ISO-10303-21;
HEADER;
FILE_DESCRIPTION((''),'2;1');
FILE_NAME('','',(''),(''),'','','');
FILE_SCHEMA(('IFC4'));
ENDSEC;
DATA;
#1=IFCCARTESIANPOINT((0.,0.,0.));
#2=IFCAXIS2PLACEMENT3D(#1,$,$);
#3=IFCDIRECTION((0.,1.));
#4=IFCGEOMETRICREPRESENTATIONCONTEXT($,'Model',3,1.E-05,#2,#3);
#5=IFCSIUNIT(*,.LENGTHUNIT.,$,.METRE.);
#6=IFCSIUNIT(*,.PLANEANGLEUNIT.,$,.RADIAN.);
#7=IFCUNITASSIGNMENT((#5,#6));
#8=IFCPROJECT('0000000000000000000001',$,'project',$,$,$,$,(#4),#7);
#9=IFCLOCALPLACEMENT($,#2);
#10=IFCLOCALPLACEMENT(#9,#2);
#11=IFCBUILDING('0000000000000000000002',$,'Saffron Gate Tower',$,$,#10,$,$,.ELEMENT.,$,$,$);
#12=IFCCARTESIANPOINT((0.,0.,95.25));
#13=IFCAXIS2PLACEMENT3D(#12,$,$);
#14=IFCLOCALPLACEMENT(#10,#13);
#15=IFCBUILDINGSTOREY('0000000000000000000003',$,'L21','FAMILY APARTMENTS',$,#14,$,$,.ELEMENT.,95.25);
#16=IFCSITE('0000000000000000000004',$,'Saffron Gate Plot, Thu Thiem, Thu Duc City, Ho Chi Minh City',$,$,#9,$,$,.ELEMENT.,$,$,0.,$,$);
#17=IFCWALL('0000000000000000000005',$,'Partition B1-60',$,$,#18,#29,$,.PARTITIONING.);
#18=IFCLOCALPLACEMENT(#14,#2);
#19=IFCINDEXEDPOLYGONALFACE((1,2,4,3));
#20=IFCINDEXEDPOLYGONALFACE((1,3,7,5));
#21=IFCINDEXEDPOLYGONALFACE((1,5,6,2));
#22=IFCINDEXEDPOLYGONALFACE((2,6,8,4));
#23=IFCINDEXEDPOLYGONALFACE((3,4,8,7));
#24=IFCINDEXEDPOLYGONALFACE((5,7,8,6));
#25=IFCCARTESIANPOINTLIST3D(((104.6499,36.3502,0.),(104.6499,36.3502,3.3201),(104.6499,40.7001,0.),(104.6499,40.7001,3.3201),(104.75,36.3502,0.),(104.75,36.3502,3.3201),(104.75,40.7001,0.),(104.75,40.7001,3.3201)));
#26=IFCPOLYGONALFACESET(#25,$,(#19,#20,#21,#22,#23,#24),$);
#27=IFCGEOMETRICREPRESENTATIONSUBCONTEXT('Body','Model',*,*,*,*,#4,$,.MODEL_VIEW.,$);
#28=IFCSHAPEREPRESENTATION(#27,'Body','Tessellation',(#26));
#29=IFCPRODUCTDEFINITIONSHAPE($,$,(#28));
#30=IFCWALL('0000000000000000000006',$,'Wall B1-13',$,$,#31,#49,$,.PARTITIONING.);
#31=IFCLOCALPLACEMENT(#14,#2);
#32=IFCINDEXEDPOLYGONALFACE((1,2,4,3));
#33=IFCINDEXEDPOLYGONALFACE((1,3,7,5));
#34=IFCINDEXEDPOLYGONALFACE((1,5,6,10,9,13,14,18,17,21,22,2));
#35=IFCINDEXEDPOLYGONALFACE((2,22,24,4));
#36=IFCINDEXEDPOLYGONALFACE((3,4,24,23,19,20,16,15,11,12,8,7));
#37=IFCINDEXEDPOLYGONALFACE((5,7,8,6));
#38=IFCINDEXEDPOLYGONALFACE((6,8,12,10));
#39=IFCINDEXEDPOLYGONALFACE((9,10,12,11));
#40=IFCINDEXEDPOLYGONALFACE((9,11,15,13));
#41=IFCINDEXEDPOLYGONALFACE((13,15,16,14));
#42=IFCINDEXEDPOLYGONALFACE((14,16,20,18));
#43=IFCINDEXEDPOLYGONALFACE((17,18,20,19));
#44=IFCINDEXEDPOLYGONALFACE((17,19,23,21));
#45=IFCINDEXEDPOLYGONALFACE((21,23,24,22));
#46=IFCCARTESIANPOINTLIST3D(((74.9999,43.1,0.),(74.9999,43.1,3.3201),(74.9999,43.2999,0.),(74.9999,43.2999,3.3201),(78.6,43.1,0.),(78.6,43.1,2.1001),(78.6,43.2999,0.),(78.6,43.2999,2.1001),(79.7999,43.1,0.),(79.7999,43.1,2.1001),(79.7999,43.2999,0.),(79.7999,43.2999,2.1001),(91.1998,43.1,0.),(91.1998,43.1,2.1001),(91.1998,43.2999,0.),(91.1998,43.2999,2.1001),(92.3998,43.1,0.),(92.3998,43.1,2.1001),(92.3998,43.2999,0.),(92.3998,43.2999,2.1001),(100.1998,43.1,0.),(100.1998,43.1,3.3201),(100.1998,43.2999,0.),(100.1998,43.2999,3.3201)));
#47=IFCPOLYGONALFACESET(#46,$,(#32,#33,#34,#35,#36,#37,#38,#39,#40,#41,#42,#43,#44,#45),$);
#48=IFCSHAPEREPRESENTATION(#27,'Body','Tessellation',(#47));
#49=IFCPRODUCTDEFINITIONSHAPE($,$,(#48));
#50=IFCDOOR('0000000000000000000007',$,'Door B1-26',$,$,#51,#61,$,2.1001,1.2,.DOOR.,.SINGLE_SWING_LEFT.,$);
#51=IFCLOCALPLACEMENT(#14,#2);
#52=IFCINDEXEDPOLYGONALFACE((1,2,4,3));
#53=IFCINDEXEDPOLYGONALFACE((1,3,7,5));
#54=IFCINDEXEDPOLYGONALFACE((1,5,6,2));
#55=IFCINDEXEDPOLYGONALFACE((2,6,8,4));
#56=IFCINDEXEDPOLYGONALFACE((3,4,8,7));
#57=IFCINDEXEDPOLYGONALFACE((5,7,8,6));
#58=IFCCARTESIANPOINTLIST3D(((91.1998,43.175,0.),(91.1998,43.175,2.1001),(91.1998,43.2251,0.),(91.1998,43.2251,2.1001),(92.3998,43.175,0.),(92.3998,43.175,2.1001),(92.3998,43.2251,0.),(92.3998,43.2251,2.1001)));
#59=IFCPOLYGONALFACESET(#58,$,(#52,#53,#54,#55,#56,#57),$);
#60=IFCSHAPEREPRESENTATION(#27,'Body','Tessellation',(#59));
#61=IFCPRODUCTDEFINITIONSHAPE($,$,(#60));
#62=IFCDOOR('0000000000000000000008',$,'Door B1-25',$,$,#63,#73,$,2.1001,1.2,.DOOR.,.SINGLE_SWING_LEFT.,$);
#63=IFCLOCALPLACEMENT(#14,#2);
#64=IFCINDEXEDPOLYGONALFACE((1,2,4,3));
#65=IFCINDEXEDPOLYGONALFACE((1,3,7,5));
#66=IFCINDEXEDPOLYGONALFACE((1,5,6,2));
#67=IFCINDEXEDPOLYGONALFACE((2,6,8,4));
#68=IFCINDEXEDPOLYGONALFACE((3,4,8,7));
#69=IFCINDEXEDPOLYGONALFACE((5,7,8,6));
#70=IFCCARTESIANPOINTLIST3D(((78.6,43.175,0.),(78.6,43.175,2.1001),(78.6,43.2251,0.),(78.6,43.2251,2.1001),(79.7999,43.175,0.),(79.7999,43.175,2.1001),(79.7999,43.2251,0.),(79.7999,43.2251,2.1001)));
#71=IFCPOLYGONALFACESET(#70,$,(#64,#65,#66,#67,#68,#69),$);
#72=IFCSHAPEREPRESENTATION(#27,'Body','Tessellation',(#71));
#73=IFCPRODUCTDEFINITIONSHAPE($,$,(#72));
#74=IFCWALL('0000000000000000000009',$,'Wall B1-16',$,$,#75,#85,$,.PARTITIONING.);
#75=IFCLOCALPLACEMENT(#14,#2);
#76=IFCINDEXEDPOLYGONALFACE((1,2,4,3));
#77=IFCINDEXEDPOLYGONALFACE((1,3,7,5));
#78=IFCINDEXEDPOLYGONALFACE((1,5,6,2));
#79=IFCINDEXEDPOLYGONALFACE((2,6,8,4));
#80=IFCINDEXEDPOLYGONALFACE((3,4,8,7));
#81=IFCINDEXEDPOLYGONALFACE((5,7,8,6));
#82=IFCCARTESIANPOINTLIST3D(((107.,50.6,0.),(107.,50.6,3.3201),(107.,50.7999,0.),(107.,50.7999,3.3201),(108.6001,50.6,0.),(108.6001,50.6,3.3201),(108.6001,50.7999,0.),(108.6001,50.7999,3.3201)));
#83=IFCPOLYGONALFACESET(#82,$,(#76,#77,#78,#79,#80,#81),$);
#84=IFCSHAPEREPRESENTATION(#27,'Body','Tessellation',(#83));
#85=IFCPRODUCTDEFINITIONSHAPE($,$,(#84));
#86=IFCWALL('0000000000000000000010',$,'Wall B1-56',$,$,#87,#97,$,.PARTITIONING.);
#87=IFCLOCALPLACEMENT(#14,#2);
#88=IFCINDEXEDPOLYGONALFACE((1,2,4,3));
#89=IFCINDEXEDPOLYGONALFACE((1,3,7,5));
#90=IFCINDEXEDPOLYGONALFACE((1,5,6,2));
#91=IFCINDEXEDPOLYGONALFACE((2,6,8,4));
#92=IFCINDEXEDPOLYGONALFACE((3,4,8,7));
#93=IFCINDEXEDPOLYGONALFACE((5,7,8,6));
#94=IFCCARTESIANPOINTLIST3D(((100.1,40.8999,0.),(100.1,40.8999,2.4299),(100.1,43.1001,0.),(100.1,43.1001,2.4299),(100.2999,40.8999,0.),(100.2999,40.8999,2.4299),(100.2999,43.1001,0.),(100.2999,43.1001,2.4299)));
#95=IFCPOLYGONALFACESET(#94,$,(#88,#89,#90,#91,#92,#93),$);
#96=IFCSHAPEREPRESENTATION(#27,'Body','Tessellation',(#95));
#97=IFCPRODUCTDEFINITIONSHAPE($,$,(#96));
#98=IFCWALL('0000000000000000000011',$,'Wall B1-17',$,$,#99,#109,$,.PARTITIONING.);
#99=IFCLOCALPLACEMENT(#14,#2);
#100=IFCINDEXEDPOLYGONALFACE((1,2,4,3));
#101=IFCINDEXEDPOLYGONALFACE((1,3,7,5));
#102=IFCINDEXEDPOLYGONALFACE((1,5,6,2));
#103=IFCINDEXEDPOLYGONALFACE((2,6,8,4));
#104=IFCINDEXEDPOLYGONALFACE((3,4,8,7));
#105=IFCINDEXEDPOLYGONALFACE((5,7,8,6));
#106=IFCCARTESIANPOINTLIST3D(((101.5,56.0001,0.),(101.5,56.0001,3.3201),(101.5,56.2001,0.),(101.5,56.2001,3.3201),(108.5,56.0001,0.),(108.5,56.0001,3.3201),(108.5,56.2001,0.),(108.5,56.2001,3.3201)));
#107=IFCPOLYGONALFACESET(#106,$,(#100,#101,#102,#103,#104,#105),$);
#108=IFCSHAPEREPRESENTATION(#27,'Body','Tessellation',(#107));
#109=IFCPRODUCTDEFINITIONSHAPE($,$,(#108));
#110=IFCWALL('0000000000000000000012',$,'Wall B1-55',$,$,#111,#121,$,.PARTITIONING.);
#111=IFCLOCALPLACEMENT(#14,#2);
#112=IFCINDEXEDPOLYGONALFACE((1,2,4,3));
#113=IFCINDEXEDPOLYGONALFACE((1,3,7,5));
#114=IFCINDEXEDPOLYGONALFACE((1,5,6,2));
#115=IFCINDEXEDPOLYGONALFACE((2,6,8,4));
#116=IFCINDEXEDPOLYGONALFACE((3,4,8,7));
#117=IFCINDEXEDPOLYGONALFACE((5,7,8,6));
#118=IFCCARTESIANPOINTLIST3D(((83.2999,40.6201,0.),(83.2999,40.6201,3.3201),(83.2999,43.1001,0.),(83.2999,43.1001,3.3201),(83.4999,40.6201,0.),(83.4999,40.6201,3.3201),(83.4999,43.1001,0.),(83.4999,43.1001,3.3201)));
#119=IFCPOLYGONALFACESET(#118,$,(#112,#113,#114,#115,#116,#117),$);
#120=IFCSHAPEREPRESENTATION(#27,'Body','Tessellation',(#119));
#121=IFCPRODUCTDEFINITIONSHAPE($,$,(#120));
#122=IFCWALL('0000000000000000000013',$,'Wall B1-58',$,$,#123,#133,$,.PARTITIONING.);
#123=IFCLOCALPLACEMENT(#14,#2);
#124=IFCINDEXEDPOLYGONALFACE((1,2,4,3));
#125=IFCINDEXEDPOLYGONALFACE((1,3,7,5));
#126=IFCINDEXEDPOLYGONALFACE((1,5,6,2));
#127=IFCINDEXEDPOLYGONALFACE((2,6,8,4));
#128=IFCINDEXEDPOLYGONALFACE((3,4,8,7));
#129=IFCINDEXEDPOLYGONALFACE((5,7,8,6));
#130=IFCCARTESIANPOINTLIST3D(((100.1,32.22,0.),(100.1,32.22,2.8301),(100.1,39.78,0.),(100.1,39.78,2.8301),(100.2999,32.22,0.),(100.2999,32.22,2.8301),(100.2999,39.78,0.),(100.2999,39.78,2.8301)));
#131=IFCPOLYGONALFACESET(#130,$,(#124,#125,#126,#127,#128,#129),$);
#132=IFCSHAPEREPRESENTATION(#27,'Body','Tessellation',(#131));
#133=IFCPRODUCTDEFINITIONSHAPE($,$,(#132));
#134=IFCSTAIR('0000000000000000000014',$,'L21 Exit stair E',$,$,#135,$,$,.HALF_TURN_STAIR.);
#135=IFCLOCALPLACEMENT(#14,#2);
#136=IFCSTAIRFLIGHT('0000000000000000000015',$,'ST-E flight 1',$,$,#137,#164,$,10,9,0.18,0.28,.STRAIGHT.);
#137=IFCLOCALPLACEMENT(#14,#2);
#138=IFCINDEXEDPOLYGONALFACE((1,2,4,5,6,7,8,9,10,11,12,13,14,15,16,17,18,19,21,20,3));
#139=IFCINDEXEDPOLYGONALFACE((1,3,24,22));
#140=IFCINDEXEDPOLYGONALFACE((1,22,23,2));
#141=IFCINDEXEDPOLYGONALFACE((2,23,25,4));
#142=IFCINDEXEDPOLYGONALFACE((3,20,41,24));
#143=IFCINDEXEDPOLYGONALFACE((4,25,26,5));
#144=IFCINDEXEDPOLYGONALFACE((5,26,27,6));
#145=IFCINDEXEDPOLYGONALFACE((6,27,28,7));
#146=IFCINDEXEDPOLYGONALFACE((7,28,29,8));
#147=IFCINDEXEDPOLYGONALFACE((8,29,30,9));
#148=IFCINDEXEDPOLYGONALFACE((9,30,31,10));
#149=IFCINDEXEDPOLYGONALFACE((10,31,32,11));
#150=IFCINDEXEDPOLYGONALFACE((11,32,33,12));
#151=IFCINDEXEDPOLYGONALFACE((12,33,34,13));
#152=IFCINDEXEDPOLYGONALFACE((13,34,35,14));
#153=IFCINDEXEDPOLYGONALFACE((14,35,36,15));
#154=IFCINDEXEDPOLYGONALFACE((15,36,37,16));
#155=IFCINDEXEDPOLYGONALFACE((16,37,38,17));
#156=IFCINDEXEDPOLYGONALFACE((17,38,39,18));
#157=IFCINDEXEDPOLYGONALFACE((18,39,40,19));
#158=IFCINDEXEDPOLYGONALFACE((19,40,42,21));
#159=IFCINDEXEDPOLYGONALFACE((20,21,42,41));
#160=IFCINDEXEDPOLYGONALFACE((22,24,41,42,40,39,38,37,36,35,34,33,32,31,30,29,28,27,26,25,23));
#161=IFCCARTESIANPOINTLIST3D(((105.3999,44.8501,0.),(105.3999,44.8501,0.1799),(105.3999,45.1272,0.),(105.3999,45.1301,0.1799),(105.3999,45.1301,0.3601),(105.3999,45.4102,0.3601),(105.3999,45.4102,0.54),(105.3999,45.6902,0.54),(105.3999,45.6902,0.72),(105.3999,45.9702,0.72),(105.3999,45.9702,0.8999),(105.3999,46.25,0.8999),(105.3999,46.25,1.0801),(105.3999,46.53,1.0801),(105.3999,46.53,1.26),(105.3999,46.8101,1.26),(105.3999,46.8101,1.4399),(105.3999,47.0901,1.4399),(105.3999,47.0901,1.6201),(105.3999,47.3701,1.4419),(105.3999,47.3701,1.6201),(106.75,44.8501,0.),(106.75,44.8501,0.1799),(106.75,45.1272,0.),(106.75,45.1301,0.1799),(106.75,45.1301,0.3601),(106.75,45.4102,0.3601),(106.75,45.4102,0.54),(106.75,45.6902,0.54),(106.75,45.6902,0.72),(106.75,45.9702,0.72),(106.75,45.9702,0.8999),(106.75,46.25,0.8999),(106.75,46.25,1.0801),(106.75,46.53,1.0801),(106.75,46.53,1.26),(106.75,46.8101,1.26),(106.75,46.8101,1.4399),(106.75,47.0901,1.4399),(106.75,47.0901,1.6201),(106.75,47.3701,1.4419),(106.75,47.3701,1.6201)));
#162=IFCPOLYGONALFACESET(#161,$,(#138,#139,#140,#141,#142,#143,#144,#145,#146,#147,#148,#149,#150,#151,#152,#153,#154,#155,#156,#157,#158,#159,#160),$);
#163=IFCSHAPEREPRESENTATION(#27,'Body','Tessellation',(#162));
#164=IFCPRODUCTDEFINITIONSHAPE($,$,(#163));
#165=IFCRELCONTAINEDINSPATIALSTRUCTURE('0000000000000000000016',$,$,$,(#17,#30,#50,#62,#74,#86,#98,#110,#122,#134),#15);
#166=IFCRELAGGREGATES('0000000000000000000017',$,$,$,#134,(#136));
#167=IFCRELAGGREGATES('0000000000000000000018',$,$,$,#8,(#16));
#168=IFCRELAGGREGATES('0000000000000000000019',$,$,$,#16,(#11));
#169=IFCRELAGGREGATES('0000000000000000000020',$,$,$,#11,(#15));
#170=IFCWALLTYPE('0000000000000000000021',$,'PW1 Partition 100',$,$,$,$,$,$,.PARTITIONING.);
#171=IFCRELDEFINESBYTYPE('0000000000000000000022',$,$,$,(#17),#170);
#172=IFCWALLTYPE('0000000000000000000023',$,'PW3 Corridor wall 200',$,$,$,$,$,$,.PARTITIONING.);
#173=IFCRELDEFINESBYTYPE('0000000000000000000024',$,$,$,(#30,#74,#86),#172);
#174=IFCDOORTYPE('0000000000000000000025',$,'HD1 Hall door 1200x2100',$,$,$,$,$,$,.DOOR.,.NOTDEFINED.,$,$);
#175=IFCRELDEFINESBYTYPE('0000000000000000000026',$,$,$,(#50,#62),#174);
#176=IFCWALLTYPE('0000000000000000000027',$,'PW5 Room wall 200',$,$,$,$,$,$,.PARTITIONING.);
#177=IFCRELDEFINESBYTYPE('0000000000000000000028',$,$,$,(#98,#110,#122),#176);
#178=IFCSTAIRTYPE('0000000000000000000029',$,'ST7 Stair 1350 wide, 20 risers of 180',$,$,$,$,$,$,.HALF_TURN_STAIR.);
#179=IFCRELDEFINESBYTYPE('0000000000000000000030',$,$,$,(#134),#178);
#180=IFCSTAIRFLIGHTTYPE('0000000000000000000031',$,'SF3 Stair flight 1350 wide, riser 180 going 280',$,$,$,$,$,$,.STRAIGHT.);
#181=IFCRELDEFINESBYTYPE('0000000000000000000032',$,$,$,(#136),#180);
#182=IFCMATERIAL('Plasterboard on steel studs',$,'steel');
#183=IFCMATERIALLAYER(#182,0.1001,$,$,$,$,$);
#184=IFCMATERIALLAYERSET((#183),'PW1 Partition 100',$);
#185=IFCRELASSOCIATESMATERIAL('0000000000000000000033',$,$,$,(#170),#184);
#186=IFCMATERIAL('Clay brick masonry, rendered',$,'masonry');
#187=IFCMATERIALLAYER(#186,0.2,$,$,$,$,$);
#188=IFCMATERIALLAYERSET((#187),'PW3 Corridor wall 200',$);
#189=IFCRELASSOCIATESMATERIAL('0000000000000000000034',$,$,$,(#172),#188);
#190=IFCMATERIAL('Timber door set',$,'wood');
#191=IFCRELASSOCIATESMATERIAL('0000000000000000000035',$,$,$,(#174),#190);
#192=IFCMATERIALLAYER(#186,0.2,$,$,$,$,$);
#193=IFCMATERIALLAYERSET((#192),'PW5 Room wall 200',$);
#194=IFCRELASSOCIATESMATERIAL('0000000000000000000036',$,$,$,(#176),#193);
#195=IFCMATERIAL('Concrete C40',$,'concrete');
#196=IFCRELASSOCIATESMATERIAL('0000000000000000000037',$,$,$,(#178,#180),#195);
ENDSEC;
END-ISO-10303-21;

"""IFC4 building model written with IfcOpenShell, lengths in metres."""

from ifc_helpers import new_model, si_unit, direction, frame, frame_2d, origin, place, context, subcontext, project, spatial, polyline, rectangle, outline, extrude, material, layer, layer_set, type_object, element, fill, aggregate, save


model = new_model("IFC4")

# Units and contexts
model_context = context("Model", 3, precision=1e-05, world=origin(), true_north=direction((0.0, 1.0)))
body_context = subcontext(model_context, "Body", "Model", "MODEL_VIEW")
ifc_project = project(units=[si_unit("LENGTHUNIT", "METRE"), si_unit("PLANEANGLEUNIT", "RADIAN")], contexts=[model_context])

# Site, building, storey
site_placement = place(None, origin())
site = spatial("IfcSite", under=ifc_project, at=site_placement, Name="Saffron Gate Plot, Thu Thiem, Thu Duc City, Ho Chi Minh City", CompositionType="ELEMENT", RefElevation=0.0)
building_placement = place(site_placement, origin())
building = spatial("IfcBuilding", under=site, at=building_placement, Name="Saffron Gate Tower", CompositionType="ELEMENT")
storey_placement = place(building_placement, frame((0.0, 0.0, 95.25)))
storey = spatial("IfcBuildingStorey", under=building, at=storey_placement, Name="L21", Description="FAMILY APARTMENTS", CompositionType="ELEMENT", Elevation=95.25)

# Wall
ifc_material_1 = material(Name="Plasterboard on steel studs", Category="steel")
ifc_layer_1 = layer(ifc_material_1, 0.1001)
ifc_layer_set_1 = layer_set([ifc_layer_1], Name="PW1 Partition 100")
wall_type_1 = type_object("IfcWallType", Name="PW1 Partition 100", PredefinedType="PARTITIONING", material=ifc_layer_set_1)
wall_1_placement = place(storey_placement, frame((104.7, 40.7, 0.0), z_axis=(0.0, 0.0, 1.0), x_axis=(0.0, -1.0, 0.0)))
element("IfcWall", 1, at=wall_1_placement, inside=storey, type_object=wall_type_1, Name="Partition B1-60", PredefinedType="PARTITIONING", context=body_context, shape_type="SweptSolid", body=[
    extrude(rectangle(XDim=4.3499, YDim=0.1001, at=frame_2d((2.1748, 0.0))), origin(), (0.0, 0.0, 1.0), 3.3201),
])

# Wall, openings, doors
ifc_material_2 = material(Name="Clay brick masonry, rendered", Category="masonry")
ifc_layer_2 = layer(ifc_material_2, 0.2)
ifc_layer_set_2 = layer_set([ifc_layer_2], Name="PW3 Corridor wall 200")
wall_type_2 = type_object("IfcWallType", Name="PW3 Corridor wall 200", PredefinedType="PARTITIONING", material=ifc_layer_set_2)
wall_2_placement = place(storey_placement, frame((100.2, 43.2, 0.0), z_axis=(0.0, 0.0, 1.0), x_axis=(-1.0, 0.0, 0.0)))
wall_2 = element("IfcWall", 2, at=wall_2_placement, inside=storey, type_object=wall_type_2, Name="Wall B1-13", PredefinedType="PARTITIONING", context=body_context, shape_type="SweptSolid", body=[
    extrude(rectangle(XDim=25.2, YDim=0.2, at=frame_2d((12.6001, 0.0))), origin(), (0.0, 0.0, 1.0), 3.3201),
])
opening_1_placement = place(wall_2_placement, frame((7.8, 0.0, 0.0)))
opening_1 = element("IfcOpeningElement", 3, at=opening_1_placement, cuts=wall_2, PredefinedType="OPENING", context=body_context, shape_type="SweptSolid", body=[
    extrude(rectangle(XDim=1.2, YDim=2.1001, at=frame_2d((0.6001, 1.05))), frame((0.0, 0.1099, 0.0), z_axis=(0.0, -1.0, 0.0), x_axis=(1.0, 0.0, 0.0)), (0.0, 0.0, 1.0), 0.22),
])
opening_2_placement = place(wall_2_placement, frame((20.3999, 0.0, 0.0)))
opening_2 = element("IfcOpeningElement", 4, at=opening_2_placement, cuts=wall_2, PredefinedType="OPENING", context=body_context, shape_type="SweptSolid", body=[
    extrude(rectangle(XDim=1.2, YDim=2.1001, at=frame_2d((0.6001, 1.05))), frame((0.0, 0.1099, 0.0), z_axis=(0.0, -1.0, 0.0), x_axis=(1.0, 0.0, 0.0)), (0.0, 0.0, 1.0), 0.22),
])
ifc_material_3 = material(Name="Timber door set", Category="wood")
door_type_1 = type_object("IfcDoorType", Name="HD1 Hall door 1200x2100", OperationType="NOTDEFINED", PredefinedType="DOOR", material=ifc_material_3)
door_1_placement = place(opening_1_placement, origin())
door_1 = element("IfcDoor", 5, at=door_1_placement, inside=storey, type_object=door_type_1, Name="Door B1-26", OperationType="SINGLE_SWING_LEFT", OverallHeight=2.1001, OverallWidth=1.2, PredefinedType="DOOR", context=body_context, shape_type="SweptSolid", body=[
    extrude(rectangle(XDim=1.2, YDim=2.1001, at=frame_2d((0.6001, 1.05))), frame((0.0, 0.0249, 0.0), z_axis=(0.0, -1.0, 0.0), x_axis=(1.0, 0.0, 0.0)), (0.0, 0.0, 1.0), 0.05),
])
fill(opening_1, door_1)
door_2_placement = place(opening_2_placement, origin())
door_2 = element("IfcDoor", 6, at=door_2_placement, inside=storey, type_object=door_type_1, Name="Door B1-25", OperationType="SINGLE_SWING_LEFT", OverallHeight=2.1001, OverallWidth=1.2, PredefinedType="DOOR", context=body_context, shape_type="SweptSolid", body=[
    extrude(rectangle(XDim=1.2, YDim=2.1001, at=frame_2d((0.6001, 1.05))), frame((0.0, 0.0249, 0.0), z_axis=(0.0, -1.0, 0.0), x_axis=(1.0, 0.0, 0.0)), (0.0, 0.0, 1.0), 0.05),
])
fill(opening_2, door_2)

# Walls
wall_3_placement = place(storey_placement, frame((107.0, 50.7, 0.0), z_axis=(0.0, 0.0, 1.0), x_axis=(1.0, 0.0, 0.0)))
element("IfcWall", 7, at=wall_3_placement, inside=storey, type_object=wall_type_2, Name="Wall B1-16", PredefinedType="PARTITIONING", context=body_context, shape_type="SweptSolid", body=[
    extrude(rectangle(XDim=1.6001, YDim=0.2, at=frame_2d((0.8, 0.0))), origin(), (0.0, 0.0, 1.0), 3.3201),
])
wall_4_placement = place(storey_placement, frame((100.2, 43.1001, 0.0), z_axis=(0.0, 0.0, 1.0), x_axis=(0.0, -1.0, 0.0)))
element("IfcWall", 8, at=wall_4_placement, inside=storey, type_object=wall_type_2, Name="Wall B1-56", PredefinedType="PARTITIONING", context=body_context, shape_type="SweptSolid", body=[
    extrude(rectangle(XDim=2.2002, YDim=0.2, at=frame_2d((1.1001, 0.0))), origin(), (0.0, 0.0, 1.0), 2.4299),
])
ifc_layer_3 = layer(ifc_material_2, 0.2)
ifc_layer_set_3 = layer_set([ifc_layer_3], Name="PW5 Room wall 200")
wall_type_3 = type_object("IfcWallType", Name="PW5 Room wall 200", PredefinedType="PARTITIONING", material=ifc_layer_set_3)
wall_5_placement = place(storey_placement, frame((101.5, 56.1001, 0.0), z_axis=(0.0, 0.0, 1.0), x_axis=(1.0, 0.0, 0.0)))
element("IfcWall", 9, at=wall_5_placement, inside=storey, type_object=wall_type_3, Name="Wall B1-17", PredefinedType="PARTITIONING", context=body_context, shape_type="SweptSolid", body=[
    extrude(rectangle(XDim=7.0, YDim=0.2, at=frame_2d((3.5, 0.0))), origin(), (0.0, 0.0, 1.0), 3.3201),
])
wall_6_placement = place(storey_placement, frame((83.3999, 43.1001, 0.0), z_axis=(0.0, 0.0, 1.0), x_axis=(0.0, -1.0, 0.0)))
element("IfcWall", 10, at=wall_6_placement, inside=storey, type_object=wall_type_3, Name="Wall B1-55", PredefinedType="PARTITIONING", context=body_context, shape_type="SweptSolid", body=[
    extrude(rectangle(XDim=2.48, YDim=0.2, at=frame_2d((1.24, 0.0))), origin(), (0.0, 0.0, 1.0), 3.3201),
])
wall_7_placement = place(storey_placement, frame((100.2, 39.78, 0.0), z_axis=(0.0, 0.0, 1.0), x_axis=(0.0, -1.0, 0.0)))
element("IfcWall", 11, at=wall_7_placement, inside=storey, type_object=wall_type_3, Name="Wall B1-58", PredefinedType="PARTITIONING", context=body_context, shape_type="SweptSolid", body=[
    extrude(rectangle(XDim=7.5601, YDim=0.2, at=frame_2d((3.78, 0.0))), origin(), (0.0, 0.0, 1.0), 2.8301),
])

# Stair, stair flight
ifc_material_4 = material(Name="Concrete C40", Category="concrete")
stair_type = type_object("IfcStairType", Name="ST7 Stair 1350 wide, 20 risers of 180", PredefinedType="HALF_TURN_STAIR", material=ifc_material_4)
stair_placement = place(storey_placement, origin())
stair = element("IfcStair", 12, at=stair_placement, inside=storey, type_object=stair_type, Name="L21 Exit stair E", PredefinedType="HALF_TURN_STAIR")
stair_flight_type = type_object("IfcStairFlightType", Name="SF3 Stair flight 1350 wide, riser 180 going 280", PredefinedType="STRAIGHT", material=ifc_material_4)
stair_flight_1_placement = place(storey_placement, frame((106.075, 44.8501, 0.0), z_axis=(0.0, 0.0, 1.0), x_axis=(0.0, 1.0, 0.0)))
stair_flight_1 = element("IfcStairFlight", 13, at=stair_flight_1_placement, type_object=stair_flight_type, Name="ST-E flight 1", NumberOfRisers=10, NumberOfTreads=9, PredefinedType="STRAIGHT", RiserHeight=0.18, TreadLength=0.28, context=body_context, shape_type="SweptSolid", body=[
    extrude(outline(polyline([(0.0, 0.0), (0.0, 0.1799), (0.28, 0.1799), (0.28, 0.3601), (0.5601, 0.3601), (0.5601, 0.54), (0.8401, 0.54), (0.8401, 0.72), (1.1201, 0.72), (1.1201, 0.8999), (1.3999, 0.8999), (1.3999, 1.0801), (1.6799, 1.0801), (1.6799, 1.26), (1.96, 1.26), (1.96, 1.4399), (2.24, 1.4399), (2.24, 1.6201), (2.52, 1.6201), (2.52, 1.8), (2.52, 1.4419), (0.2771, 0.0), (0.0, 0.0)])), frame((0.0, 0.675, 0.0), z_axis=(0.0, -1.0, 0.0), x_axis=(1.0, 0.0, 0.0)), (0.0, 0.0, 1.0), 1.3501),
])
aggregate(stair, [stair_flight_1])

save(model, "model.ifc")
